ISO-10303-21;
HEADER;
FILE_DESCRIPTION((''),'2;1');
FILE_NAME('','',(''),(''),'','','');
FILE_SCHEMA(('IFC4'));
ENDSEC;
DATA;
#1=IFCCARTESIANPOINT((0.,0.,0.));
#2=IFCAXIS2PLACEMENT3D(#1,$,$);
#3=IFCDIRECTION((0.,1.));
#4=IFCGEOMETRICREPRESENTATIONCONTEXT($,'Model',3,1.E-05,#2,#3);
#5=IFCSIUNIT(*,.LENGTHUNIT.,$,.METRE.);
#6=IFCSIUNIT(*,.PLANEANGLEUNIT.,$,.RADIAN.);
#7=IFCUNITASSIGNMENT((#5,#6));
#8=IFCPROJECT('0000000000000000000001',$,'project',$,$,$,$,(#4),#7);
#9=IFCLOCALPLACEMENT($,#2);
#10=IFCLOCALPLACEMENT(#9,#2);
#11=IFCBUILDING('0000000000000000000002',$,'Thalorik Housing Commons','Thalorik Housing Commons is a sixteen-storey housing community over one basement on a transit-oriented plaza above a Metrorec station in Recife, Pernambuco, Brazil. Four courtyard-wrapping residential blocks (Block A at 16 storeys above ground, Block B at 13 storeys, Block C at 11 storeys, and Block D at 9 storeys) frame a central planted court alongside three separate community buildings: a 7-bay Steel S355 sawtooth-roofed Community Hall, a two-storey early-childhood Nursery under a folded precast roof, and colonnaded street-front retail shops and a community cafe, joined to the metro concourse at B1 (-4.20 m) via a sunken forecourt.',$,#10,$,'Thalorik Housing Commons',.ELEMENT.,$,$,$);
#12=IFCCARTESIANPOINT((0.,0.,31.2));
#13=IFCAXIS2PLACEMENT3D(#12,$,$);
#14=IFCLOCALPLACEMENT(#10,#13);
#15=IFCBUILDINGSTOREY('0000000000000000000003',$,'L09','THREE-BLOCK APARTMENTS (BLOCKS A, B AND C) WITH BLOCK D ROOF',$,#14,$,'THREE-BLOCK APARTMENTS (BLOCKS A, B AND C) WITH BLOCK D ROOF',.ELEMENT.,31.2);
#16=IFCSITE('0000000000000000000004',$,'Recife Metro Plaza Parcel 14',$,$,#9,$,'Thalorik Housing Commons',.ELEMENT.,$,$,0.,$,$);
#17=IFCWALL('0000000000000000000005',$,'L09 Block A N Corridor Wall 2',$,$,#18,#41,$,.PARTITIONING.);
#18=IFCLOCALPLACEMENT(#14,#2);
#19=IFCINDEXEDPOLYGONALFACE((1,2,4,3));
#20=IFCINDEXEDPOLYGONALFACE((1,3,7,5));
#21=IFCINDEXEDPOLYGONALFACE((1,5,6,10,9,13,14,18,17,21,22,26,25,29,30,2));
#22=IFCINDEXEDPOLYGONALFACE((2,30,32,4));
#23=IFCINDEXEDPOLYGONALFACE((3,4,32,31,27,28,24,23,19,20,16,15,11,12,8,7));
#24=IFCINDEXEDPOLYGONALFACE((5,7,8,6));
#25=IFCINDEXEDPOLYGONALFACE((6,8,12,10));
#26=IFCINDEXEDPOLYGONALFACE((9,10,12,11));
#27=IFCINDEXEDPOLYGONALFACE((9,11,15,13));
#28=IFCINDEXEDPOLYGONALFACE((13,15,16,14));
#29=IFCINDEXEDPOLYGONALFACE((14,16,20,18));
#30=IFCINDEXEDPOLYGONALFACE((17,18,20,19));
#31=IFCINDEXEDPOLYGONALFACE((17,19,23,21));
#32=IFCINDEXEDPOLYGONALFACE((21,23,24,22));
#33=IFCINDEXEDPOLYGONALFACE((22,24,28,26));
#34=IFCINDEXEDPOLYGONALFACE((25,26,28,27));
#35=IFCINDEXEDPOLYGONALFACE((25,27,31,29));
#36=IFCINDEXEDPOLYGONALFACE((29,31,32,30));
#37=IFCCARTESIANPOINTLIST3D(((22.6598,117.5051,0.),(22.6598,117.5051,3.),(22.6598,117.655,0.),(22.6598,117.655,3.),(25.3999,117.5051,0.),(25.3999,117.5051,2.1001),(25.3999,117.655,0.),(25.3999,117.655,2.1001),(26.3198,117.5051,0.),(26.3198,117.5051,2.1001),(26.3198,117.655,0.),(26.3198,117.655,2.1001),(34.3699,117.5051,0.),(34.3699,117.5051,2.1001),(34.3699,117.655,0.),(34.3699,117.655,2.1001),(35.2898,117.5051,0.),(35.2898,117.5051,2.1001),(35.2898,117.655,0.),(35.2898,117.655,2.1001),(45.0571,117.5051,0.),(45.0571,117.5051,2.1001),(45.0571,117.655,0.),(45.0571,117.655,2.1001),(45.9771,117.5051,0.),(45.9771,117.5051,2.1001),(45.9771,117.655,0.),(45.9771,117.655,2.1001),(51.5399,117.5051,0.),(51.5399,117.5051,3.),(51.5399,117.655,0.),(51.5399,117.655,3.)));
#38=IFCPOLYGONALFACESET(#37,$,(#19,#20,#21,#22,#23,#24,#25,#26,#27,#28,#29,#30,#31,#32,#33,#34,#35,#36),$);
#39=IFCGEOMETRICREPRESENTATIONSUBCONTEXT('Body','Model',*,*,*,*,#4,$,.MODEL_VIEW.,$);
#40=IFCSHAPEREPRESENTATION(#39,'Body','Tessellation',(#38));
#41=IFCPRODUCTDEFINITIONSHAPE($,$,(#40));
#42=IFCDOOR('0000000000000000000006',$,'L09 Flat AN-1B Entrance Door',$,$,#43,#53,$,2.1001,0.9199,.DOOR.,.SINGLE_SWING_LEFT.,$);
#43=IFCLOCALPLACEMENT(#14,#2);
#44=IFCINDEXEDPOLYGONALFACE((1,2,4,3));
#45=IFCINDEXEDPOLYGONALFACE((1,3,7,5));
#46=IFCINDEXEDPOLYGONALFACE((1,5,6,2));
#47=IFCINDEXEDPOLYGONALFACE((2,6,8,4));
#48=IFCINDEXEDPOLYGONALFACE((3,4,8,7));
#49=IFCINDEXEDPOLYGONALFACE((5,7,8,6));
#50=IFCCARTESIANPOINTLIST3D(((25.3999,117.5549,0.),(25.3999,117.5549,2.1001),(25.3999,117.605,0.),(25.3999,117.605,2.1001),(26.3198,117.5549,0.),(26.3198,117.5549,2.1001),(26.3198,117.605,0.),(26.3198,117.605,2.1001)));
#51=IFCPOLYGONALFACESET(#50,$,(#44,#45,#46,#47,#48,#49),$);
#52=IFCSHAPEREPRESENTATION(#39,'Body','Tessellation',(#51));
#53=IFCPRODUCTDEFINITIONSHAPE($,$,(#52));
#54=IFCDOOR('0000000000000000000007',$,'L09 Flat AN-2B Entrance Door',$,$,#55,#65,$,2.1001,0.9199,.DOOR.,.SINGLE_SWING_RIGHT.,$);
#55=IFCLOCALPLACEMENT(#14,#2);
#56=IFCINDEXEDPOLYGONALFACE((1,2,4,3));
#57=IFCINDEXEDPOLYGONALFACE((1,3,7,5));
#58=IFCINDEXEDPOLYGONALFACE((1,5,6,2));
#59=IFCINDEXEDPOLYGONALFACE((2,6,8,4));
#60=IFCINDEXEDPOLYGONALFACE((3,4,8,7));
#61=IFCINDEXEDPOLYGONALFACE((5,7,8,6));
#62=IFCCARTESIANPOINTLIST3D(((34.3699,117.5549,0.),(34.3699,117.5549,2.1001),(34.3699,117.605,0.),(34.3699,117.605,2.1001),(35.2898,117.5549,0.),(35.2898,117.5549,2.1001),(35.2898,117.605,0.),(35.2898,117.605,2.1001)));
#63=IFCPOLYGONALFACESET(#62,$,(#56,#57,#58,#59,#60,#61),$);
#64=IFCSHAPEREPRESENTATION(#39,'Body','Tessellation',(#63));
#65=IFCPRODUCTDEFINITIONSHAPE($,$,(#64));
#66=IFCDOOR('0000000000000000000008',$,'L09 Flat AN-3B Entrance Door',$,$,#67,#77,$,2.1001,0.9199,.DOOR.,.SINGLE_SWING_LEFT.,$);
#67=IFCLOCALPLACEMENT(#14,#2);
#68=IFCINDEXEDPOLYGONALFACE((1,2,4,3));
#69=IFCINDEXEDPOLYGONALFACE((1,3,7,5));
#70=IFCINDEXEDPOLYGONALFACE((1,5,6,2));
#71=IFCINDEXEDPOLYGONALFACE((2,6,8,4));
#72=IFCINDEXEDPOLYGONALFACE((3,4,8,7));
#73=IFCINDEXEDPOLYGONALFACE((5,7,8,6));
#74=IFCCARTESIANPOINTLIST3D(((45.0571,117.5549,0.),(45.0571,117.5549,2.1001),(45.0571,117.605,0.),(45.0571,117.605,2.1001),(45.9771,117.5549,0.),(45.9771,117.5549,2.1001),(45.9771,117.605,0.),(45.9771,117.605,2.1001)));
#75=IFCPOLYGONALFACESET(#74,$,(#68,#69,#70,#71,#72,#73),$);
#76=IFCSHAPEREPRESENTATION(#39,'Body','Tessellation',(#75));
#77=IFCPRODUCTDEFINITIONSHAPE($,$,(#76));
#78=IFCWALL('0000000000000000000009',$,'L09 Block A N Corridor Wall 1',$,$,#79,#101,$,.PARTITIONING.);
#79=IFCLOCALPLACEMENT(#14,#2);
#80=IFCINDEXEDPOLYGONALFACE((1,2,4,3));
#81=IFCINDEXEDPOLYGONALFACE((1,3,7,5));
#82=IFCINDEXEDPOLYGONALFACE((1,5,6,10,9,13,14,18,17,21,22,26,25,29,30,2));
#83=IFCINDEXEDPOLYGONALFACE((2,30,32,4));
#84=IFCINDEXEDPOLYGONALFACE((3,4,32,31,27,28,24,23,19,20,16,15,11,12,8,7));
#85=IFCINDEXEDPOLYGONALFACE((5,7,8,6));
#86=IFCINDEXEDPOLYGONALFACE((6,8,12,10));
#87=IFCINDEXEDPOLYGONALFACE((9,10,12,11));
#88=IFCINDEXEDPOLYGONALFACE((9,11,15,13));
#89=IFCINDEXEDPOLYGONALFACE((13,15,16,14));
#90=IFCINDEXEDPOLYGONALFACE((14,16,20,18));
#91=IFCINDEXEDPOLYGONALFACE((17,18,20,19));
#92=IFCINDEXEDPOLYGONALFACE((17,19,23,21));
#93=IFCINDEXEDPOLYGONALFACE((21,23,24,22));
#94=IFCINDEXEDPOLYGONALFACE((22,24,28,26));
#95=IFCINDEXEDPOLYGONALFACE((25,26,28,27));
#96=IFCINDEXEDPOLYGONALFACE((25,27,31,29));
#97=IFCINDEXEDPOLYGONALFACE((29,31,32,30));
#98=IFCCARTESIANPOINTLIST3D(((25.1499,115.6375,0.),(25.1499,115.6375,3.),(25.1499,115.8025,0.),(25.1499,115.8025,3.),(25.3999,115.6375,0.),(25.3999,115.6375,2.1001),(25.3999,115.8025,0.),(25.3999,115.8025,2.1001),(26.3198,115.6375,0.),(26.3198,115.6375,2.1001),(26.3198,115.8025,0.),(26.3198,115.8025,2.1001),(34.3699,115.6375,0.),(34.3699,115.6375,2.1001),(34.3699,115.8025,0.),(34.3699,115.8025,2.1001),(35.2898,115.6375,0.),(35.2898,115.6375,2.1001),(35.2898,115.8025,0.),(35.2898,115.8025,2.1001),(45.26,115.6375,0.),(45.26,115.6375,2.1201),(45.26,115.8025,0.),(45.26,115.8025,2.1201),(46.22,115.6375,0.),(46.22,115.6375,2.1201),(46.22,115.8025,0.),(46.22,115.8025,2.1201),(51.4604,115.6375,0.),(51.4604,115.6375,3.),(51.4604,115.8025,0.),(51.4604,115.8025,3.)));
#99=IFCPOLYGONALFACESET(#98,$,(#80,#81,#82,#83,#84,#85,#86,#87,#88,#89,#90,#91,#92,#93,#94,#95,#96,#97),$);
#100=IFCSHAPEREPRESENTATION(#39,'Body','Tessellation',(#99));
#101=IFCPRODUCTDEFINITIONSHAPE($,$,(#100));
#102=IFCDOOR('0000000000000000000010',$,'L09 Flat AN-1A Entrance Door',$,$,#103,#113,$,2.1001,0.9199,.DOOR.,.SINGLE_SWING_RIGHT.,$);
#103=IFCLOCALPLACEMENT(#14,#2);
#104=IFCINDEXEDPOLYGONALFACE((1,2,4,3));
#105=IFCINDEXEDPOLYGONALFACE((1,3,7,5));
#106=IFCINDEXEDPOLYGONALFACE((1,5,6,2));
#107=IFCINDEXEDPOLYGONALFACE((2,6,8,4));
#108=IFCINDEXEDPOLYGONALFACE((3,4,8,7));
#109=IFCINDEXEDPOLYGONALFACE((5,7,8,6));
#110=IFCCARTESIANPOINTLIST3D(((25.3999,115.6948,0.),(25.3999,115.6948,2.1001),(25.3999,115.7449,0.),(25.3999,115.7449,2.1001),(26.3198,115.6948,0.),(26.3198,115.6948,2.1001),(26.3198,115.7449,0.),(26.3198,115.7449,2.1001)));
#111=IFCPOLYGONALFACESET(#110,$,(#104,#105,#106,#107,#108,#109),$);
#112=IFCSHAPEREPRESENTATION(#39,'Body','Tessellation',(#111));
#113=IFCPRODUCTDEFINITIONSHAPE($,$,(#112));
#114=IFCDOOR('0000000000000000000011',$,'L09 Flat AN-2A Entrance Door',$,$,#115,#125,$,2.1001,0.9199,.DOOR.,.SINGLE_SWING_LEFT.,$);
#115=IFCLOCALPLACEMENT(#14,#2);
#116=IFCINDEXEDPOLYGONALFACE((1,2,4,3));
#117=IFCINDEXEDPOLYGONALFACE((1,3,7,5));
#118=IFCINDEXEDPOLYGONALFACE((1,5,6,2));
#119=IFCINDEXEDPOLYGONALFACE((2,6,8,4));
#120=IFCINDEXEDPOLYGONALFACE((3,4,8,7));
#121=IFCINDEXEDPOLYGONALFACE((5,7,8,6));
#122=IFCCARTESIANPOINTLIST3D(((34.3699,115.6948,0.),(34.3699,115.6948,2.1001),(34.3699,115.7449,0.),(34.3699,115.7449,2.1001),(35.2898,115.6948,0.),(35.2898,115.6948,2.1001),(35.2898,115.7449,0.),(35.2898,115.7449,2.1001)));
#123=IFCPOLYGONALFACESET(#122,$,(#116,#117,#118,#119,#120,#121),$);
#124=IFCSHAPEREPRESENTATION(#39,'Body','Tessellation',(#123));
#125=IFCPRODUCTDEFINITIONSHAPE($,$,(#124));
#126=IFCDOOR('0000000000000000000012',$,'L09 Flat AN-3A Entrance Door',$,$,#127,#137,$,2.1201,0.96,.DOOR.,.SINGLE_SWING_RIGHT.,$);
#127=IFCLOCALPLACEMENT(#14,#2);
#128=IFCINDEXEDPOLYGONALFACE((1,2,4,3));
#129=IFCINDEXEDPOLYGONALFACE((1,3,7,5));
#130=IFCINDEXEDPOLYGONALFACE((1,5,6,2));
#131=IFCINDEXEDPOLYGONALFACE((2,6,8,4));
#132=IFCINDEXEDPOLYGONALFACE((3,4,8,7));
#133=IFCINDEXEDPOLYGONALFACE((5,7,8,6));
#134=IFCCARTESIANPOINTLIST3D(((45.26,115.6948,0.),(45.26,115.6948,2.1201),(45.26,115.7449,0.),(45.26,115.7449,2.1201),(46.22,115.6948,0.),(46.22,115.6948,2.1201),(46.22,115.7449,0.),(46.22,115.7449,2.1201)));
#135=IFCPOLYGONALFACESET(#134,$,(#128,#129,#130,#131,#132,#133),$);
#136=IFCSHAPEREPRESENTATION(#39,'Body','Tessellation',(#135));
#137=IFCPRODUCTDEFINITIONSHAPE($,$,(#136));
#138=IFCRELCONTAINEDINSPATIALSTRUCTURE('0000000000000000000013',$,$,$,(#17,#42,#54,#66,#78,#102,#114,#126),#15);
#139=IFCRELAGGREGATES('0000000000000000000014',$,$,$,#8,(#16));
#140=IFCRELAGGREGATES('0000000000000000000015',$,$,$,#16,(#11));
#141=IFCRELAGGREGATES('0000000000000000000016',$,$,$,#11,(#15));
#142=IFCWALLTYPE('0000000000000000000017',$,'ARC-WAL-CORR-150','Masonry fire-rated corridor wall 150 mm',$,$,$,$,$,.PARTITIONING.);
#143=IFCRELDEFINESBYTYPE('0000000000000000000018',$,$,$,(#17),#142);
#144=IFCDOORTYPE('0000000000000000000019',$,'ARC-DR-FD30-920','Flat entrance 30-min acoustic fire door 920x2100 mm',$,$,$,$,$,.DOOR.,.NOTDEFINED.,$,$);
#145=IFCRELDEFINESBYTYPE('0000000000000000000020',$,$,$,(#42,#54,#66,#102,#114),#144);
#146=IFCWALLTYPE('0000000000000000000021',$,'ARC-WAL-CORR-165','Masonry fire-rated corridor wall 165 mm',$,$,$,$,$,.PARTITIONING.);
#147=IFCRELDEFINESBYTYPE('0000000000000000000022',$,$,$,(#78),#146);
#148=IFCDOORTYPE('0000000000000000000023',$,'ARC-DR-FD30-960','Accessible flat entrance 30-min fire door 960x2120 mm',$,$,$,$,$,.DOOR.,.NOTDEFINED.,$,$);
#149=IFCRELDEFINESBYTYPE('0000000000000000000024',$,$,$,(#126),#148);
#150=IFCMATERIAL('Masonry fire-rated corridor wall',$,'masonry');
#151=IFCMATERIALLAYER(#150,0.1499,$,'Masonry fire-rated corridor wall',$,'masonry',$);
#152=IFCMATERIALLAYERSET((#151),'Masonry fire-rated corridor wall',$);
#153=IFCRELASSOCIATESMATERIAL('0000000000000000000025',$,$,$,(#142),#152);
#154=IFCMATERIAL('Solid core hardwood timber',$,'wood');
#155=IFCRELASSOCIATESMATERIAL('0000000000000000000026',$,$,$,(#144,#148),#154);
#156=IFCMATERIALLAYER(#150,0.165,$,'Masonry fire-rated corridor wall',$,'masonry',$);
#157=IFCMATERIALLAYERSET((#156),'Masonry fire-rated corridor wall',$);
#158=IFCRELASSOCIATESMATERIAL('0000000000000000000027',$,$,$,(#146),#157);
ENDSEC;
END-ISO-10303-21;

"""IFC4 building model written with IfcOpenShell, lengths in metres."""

from ifc_helpers import new_model, si_unit, direction, frame, frame_2d, origin, place, context, subcontext, project, spatial, rectangle, extrude, material, layer, layer_set, type_object, element, fill, save


model = new_model("IFC4")

# Units and contexts
model_context = context("Model", 3, precision=1e-05, world=origin(), true_north=direction((0.0, 1.0)))
body_context = subcontext(model_context, "Body", "Model", "MODEL_VIEW")
ifc_project = project(units=[si_unit("LENGTHUNIT", "METRE"), si_unit("PLANEANGLEUNIT", "RADIAN")], contexts=[model_context])

# Site, building, storey
site_placement = place(None, origin())
site = spatial("IfcSite", under=ifc_project, at=site_placement, Name="Recife Metro Plaza Parcel 14", LongName="Thalorik Housing Commons", CompositionType="ELEMENT", RefElevation=0.0)
building_placement = place(site_placement, origin())
building = spatial("IfcBuilding", under=site, at=building_placement, Name="Thalorik Housing Commons", Description="Thalorik Housing Commons is a sixteen-storey housing community over one basement on a transit-oriented plaza above a Metrorec station in Recife, Pernambuco, Brazil. Four courtyard-wrapping residential blocks (Block A at 16 storeys above ground, Block B at 13 storeys, Block C at 11 storeys, and Block D at 9 storeys) frame a central planted court alongside three separate community buildings: a 7-bay Steel S355 sawtooth-roofed Community Hall, a two-storey early-childhood Nursery under a folded precast roof, and colonnaded street-front retail shops and a community cafe, joined to the metro concourse at B1 (-4.20 m) via a sunken forecourt.", LongName="Thalorik Housing Commons", CompositionType="ELEMENT")
storey_placement = place(building_placement, frame((0.0, 0.0, 31.2)))
storey = spatial("IfcBuildingStorey", under=building, at=storey_placement, Name="L09", Description="THREE-BLOCK APARTMENTS (BLOCKS A, B AND C) WITH BLOCK D ROOF", LongName="THREE-BLOCK APARTMENTS (BLOCKS A, B AND C) WITH BLOCK D ROOF", CompositionType="ELEMENT", Elevation=31.2)

# Walls, openings, doors
ifc_material_1 = material(Name="Masonry fire-rated corridor wall", Category="masonry")
ifc_layer_1 = layer(ifc_material_1, 0.1499, Name="Masonry fire-rated corridor wall", Category="masonry")
ifc_layer_set_1 = layer_set([ifc_layer_1], Name="Masonry fire-rated corridor wall")
wall_type_1 = type_object("IfcWallType", Name="ARC-WAL-CORR-150", Description="Masonry fire-rated corridor wall 150 mm", PredefinedType="PARTITIONING", material=ifc_layer_set_1)
wall_1_placement = place(storey_placement, frame((22.6599, 117.5801, 0.0), z_axis=(0.0, 0.0, 1.0), x_axis=(1.0, 0.0, 0.0)))
wall_1 = element("IfcWall", 1, at=wall_1_placement, inside=storey, type_object=wall_type_1, Name="L09 Block A N Corridor Wall 2", PredefinedType="PARTITIONING", context=body_context, shape_type="SweptSolid", body=[
    extrude(rectangle(XDim=28.8801, YDim=0.1499, at=frame_2d((14.4399, 0.0))), origin(), (0.0, 0.0, 1.0), 3.0),
])
opening_1_placement = place(wall_1_placement, frame((2.74, 0.0, 0.0)))
opening_1 = element("IfcOpeningElement", 2, at=opening_1_placement, cuts=wall_1, PredefinedType="OPENING", context=body_context, shape_type="SweptSolid", body=[
    extrude(rectangle(XDim=0.9199, YDim=2.1001, at=frame_2d((0.46, 1.05))), frame((0.0, 0.085, 0.0), z_axis=(0.0, -1.0, 0.0), x_axis=(1.0, 0.0, 0.0)), (0.0, 0.0, 1.0), 0.1699),
])
opening_2_placement = place(wall_1_placement, frame((11.71, 0.0, 0.0)))
opening_2 = element("IfcOpeningElement", 3, at=opening_2_placement, cuts=wall_1, PredefinedType="OPENING", context=body_context, shape_type="SweptSolid", body=[
    extrude(rectangle(XDim=0.9199, YDim=2.1001, at=frame_2d((0.46, 1.05))), frame((0.0, 0.085, 0.0), z_axis=(0.0, -1.0, 0.0), x_axis=(1.0, 0.0, 0.0)), (0.0, 0.0, 1.0), 0.1699),
])
opening_3_placement = place(wall_1_placement, frame((22.3972, 0.0, 0.0)))
opening_3 = element("IfcOpeningElement", 4, at=opening_3_placement, cuts=wall_1, PredefinedType="OPENING", context=body_context, shape_type="SweptSolid", body=[
    extrude(rectangle(XDim=0.9199, YDim=2.1001, at=frame_2d((0.46, 1.05))), frame((0.0, 0.085, 0.0), z_axis=(0.0, -1.0, 0.0), x_axis=(1.0, 0.0, 0.0)), (0.0, 0.0, 1.0), 0.1699),
])
ifc_material_2 = material(Name="Solid core hardwood timber", Category="wood")
door_type_1 = type_object("IfcDoorType", Name="ARC-DR-FD30-920", Description="Flat entrance 30-min acoustic fire door 920x2100 mm", OperationType="NOTDEFINED", PredefinedType="DOOR", material=ifc_material_2)
door_1_placement = place(opening_1_placement, origin())
door_1 = element("IfcDoor", 5, at=door_1_placement, inside=storey, type_object=door_type_1, Name="L09 Flat AN-1B Entrance Door", OperationType="SINGLE_SWING_LEFT", OverallHeight=2.1001, OverallWidth=0.9199, PredefinedType="DOOR", context=body_context, shape_type="SweptSolid", body=[
    extrude(rectangle(XDim=0.9199, YDim=2.1001, at=frame_2d((0.46, 1.05))), frame((0.0, 0.0249, 0.0), z_axis=(0.0, -1.0, 0.0), x_axis=(1.0, 0.0, 0.0)), (0.0, 0.0, 1.0), 0.05),
])
fill(opening_1, door_1)
door_2_placement = place(opening_2_placement, origin())
door_2 = element("IfcDoor", 6, at=door_2_placement, inside=storey, type_object=door_type_1, Name="L09 Flat AN-2B Entrance Door", OperationType="SINGLE_SWING_RIGHT", OverallHeight=2.1001, OverallWidth=0.9199, PredefinedType="DOOR", context=body_context, shape_type="SweptSolid", body=[
    extrude(rectangle(XDim=0.9199, YDim=2.1001, at=frame_2d((0.46, 1.05))), frame((0.0, 0.0249, 0.0), z_axis=(0.0, -1.0, 0.0), x_axis=(1.0, 0.0, 0.0)), (0.0, 0.0, 1.0), 0.05),
])
fill(opening_2, door_2)
door_3_placement = place(opening_3_placement, origin())
door_3 = element("IfcDoor", 7, at=door_3_placement, inside=storey, type_object=door_type_1, Name="L09 Flat AN-3B Entrance Door", OperationType="SINGLE_SWING_LEFT", OverallHeight=2.1001, OverallWidth=0.9199, PredefinedType="DOOR", context=body_context, shape_type="SweptSolid", body=[
    extrude(rectangle(XDim=0.9199, YDim=2.1001, at=frame_2d((0.46, 1.05))), frame((0.0, 0.0249, 0.0), z_axis=(0.0, -1.0, 0.0), x_axis=(1.0, 0.0, 0.0)), (0.0, 0.0, 1.0), 0.05),
])
fill(opening_3, door_3)
ifc_layer_2 = layer(ifc_material_1, 0.165, Name="Masonry fire-rated corridor wall", Category="masonry")
ifc_layer_set_2 = layer_set([ifc_layer_2], Name="Masonry fire-rated corridor wall")
wall_type_2 = type_object("IfcWallType", Name="ARC-WAL-CORR-165", Description="Masonry fire-rated corridor wall 165 mm", PredefinedType="PARTITIONING", material=ifc_layer_set_2)
wall_2_placement = place(storey_placement, frame((25.1499, 115.72, 0.0), z_axis=(0.0, 0.0, 1.0), x_axis=(1.0, 0.0, 0.0)))
wall_2 = element("IfcWall", 8, at=wall_2_placement, inside=storey, type_object=wall_type_2, Name="L09 Block A N Corridor Wall 1", PredefinedType="PARTITIONING", context=body_context, shape_type="SweptSolid", body=[
    extrude(rectangle(XDim=26.3105, YDim=0.165, at=frame_2d((13.1553, 0.0))), origin(), (0.0, 0.0, 1.0), 3.0),
])
opening_4_placement = place(wall_2_placement, frame((0.25, 0.0, 0.0)))
opening_4 = element("IfcOpeningElement", 9, at=opening_4_placement, cuts=wall_2, PredefinedType="OPENING", context=body_context, shape_type="SweptSolid", body=[
    extrude(rectangle(XDim=0.9199, YDim=2.1001, at=frame_2d((0.46, 1.05))), frame((0.0, 0.0925, 0.0), z_axis=(0.0, -1.0, 0.0), x_axis=(1.0, 0.0, 0.0)), (0.0, 0.0, 1.0), 0.1851),
])
opening_5_placement = place(wall_2_placement, frame((9.22, 0.0, 0.0)))
opening_5 = element("IfcOpeningElement", 10, at=opening_5_placement, cuts=wall_2, PredefinedType="OPENING", context=body_context, shape_type="SweptSolid", body=[
    extrude(rectangle(XDim=0.9199, YDim=2.1001, at=frame_2d((0.46, 1.05))), frame((0.0, 0.0925, 0.0), z_axis=(0.0, -1.0, 0.0), x_axis=(1.0, 0.0, 0.0)), (0.0, 0.0, 1.0), 0.1851),
])
opening_6_placement = place(wall_2_placement, frame((20.1101, 0.0, 0.0)))
opening_6 = element("IfcOpeningElement", 11, at=opening_6_placement, cuts=wall_2, PredefinedType="OPENING", context=body_context, shape_type="SweptSolid", body=[
    extrude(rectangle(XDim=0.96, YDim=2.1201, at=frame_2d((0.48, 1.0601))), frame((0.0, 0.0925, 0.0), z_axis=(0.0, -1.0, 0.0), x_axis=(1.0, 0.0, 0.0)), (0.0, 0.0, 1.0), 0.1851),
])
door_4_placement = place(opening_4_placement, origin())
door_4 = element("IfcDoor", 12, at=door_4_placement, inside=storey, type_object=door_type_1, Name="L09 Flat AN-1A Entrance Door", OperationType="SINGLE_SWING_RIGHT", OverallHeight=2.1001, OverallWidth=0.9199, PredefinedType="DOOR", context=body_context, shape_type="SweptSolid", body=[
    extrude(rectangle(XDim=0.9199, YDim=2.1001, at=frame_2d((0.46, 1.05))), frame((0.0, 0.0249, 0.0), z_axis=(0.0, -1.0, 0.0), x_axis=(1.0, 0.0, 0.0)), (0.0, 0.0, 1.0), 0.05),
])
fill(opening_4, door_4)
door_5_placement = place(opening_5_placement, origin())
door_5 = element("IfcDoor", 13, at=door_5_placement, inside=storey, type_object=door_type_1, Name="L09 Flat AN-2A Entrance Door", OperationType="SINGLE_SWING_LEFT", OverallHeight=2.1001, OverallWidth=0.9199, PredefinedType="DOOR", context=body_context, shape_type="SweptSolid", body=[
    extrude(rectangle(XDim=0.9199, YDim=2.1001, at=frame_2d((0.46, 1.05))), frame((0.0, 0.0249, 0.0), z_axis=(0.0, -1.0, 0.0), x_axis=(1.0, 0.0, 0.0)), (0.0, 0.0, 1.0), 0.05),
])
fill(opening_5, door_5)
door_type_2 = type_object("IfcDoorType", Name="ARC-DR-FD30-960", Description="Accessible flat entrance 30-min fire door 960x2120 mm", OperationType="NOTDEFINED", PredefinedType="DOOR", material=ifc_material_2)
door_6_placement = place(opening_6_placement, origin())
door_6 = element("IfcDoor", 14, at=door_6_placement, inside=storey, type_object=door_type_2, Name="L09 Flat AN-3A Entrance Door", OperationType="SINGLE_SWING_RIGHT", OverallHeight=2.1201, OverallWidth=0.96, PredefinedType="DOOR", context=body_context, shape_type="SweptSolid", body=[
    extrude(rectangle(XDim=0.96, YDim=2.1201, at=frame_2d((0.48, 1.0601))), frame((0.0, 0.0249, 0.0), z_axis=(0.0, -1.0, 0.0), x_axis=(1.0, 0.0, 0.0)), (0.0, 0.0, 1.0), 0.05),
])
fill(opening_6, door_6)

save(model, "model.ifc")
